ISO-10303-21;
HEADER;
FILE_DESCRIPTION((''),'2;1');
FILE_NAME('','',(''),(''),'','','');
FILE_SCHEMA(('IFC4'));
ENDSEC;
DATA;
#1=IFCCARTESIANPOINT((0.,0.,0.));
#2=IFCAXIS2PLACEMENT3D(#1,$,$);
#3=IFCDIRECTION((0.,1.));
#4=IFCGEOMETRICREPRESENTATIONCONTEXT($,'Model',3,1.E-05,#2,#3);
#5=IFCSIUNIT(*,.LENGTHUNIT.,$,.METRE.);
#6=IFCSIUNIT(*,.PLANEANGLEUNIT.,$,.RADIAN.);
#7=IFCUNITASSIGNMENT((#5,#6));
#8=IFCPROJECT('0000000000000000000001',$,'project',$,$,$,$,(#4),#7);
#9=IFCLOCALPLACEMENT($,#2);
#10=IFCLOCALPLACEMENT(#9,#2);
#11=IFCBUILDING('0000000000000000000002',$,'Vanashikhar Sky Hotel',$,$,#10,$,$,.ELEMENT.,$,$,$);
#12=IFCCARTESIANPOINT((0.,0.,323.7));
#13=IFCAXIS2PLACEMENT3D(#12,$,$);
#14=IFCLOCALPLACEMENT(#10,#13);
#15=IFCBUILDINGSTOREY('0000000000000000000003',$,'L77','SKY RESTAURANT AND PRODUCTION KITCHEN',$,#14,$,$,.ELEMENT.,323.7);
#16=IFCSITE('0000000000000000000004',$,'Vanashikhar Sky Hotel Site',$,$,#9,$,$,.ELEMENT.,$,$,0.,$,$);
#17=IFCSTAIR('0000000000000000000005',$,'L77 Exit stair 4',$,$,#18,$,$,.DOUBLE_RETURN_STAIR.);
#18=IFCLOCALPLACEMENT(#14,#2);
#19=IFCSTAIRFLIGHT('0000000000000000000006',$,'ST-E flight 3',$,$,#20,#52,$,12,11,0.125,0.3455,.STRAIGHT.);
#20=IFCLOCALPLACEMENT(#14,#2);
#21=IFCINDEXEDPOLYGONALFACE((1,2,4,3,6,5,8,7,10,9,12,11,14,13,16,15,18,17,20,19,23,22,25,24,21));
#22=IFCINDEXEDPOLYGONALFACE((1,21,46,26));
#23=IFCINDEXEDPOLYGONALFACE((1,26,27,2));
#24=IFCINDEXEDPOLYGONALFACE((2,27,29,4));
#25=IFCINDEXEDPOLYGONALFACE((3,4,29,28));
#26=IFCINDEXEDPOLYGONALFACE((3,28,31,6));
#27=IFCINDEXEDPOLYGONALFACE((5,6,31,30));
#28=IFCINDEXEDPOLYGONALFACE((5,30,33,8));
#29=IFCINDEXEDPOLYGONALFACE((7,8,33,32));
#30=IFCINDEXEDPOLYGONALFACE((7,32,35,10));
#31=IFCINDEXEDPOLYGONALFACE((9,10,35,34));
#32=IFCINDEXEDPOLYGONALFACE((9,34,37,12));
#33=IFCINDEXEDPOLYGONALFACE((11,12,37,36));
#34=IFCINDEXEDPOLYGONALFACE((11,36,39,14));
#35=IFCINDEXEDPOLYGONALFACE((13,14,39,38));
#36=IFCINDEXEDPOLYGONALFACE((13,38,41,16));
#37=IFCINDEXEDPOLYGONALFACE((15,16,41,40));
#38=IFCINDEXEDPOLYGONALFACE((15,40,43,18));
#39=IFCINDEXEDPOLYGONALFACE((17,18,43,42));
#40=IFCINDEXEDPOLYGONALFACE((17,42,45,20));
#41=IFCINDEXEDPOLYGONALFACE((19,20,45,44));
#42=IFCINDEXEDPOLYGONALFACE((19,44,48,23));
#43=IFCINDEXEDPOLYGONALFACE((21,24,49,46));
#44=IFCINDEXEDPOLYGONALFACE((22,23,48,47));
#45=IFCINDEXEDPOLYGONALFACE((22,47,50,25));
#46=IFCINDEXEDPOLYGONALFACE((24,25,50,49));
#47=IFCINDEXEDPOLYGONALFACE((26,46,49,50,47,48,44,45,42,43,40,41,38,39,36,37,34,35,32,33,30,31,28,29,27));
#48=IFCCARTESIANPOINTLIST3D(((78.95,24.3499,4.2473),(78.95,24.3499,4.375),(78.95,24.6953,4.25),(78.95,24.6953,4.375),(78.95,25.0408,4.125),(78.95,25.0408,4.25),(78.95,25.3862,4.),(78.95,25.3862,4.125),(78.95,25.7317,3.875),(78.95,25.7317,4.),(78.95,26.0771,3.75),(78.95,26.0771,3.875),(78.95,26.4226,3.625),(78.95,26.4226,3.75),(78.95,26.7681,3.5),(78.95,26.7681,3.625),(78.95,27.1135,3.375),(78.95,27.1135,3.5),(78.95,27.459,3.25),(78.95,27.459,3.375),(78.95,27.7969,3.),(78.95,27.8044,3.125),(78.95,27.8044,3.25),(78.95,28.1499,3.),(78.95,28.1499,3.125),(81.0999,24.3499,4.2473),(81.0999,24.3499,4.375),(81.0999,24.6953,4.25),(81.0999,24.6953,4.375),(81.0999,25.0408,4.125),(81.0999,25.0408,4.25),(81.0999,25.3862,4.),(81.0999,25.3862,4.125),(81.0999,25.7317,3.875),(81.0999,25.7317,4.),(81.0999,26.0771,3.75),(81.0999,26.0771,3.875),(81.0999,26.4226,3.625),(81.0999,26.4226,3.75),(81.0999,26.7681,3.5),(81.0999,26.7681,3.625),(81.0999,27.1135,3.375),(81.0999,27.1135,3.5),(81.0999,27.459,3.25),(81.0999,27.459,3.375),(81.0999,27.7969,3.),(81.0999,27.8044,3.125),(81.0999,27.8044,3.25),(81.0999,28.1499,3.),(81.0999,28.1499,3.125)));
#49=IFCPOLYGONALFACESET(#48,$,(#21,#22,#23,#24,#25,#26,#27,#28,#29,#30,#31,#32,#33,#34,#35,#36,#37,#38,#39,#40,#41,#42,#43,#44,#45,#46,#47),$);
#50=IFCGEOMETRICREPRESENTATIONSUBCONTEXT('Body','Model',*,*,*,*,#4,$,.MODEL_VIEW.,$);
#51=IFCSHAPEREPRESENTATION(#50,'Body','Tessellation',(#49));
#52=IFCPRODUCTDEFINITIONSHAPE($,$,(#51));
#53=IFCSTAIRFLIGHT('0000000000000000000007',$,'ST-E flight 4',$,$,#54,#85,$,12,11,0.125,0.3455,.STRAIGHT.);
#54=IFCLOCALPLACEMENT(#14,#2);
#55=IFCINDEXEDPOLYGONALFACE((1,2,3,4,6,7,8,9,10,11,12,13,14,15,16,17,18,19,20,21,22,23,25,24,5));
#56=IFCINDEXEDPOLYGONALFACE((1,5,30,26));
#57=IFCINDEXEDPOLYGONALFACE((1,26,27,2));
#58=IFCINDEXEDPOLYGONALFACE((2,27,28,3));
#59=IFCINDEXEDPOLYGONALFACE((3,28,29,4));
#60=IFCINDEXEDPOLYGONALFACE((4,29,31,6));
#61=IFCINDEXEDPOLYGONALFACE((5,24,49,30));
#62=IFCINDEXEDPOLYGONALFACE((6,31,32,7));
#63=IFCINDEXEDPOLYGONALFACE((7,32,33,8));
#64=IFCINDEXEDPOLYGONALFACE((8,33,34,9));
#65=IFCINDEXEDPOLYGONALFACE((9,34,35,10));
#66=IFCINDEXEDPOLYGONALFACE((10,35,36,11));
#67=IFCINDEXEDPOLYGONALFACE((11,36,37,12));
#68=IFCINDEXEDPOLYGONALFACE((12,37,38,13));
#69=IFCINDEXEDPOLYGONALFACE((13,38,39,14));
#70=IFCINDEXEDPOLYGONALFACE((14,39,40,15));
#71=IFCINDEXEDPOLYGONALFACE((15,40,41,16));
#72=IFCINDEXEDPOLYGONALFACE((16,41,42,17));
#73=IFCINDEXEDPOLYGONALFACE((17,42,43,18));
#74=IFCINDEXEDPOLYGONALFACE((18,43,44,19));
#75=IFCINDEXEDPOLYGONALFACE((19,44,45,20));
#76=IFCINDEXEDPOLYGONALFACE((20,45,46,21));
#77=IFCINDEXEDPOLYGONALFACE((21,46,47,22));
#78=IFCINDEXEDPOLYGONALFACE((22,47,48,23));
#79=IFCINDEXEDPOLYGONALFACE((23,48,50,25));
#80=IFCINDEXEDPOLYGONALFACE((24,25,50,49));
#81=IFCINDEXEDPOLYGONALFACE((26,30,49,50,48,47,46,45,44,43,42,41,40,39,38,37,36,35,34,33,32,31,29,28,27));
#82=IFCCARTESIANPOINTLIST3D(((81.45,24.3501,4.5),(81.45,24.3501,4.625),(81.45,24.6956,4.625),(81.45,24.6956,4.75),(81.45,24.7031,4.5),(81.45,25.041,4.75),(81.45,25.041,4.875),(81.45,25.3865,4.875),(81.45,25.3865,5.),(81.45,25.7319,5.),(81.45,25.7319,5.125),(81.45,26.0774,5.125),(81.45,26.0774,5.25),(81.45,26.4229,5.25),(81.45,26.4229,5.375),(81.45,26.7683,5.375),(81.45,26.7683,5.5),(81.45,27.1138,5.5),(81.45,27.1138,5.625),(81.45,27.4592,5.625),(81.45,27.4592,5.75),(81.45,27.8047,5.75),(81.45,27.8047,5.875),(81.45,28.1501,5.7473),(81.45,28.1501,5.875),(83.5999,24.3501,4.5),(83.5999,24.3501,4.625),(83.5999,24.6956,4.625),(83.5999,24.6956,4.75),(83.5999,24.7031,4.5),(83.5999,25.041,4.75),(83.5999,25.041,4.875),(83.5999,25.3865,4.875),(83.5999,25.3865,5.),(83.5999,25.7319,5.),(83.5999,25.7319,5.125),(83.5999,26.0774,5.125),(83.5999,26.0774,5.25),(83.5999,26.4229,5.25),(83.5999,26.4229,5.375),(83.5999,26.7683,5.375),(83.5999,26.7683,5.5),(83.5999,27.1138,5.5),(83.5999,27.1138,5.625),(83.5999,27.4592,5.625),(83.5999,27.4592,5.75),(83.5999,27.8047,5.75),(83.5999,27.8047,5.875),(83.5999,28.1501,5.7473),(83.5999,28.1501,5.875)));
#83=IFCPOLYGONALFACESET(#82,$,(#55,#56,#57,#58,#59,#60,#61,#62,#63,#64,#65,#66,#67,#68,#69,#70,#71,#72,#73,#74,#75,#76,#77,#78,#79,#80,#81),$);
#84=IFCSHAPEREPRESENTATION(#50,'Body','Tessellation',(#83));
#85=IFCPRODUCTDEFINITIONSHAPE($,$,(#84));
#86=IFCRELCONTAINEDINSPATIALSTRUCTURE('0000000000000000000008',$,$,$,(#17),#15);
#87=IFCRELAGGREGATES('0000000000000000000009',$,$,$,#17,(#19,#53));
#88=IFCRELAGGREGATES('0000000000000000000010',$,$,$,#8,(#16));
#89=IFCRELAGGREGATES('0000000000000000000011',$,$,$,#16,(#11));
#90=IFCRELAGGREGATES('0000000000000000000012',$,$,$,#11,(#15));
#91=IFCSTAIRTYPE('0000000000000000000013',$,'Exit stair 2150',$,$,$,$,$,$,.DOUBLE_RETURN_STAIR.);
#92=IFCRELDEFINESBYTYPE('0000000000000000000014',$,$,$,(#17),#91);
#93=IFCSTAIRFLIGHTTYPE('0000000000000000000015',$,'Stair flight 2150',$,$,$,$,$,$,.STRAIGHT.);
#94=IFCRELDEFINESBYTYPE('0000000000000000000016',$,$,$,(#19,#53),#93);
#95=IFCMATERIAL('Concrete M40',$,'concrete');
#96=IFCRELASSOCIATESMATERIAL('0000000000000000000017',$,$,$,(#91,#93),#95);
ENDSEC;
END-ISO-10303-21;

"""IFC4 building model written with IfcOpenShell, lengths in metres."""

from ifc_helpers import new_model, si_unit, direction, frame, origin, place, context, subcontext, project, spatial, polyline, outline, extrude, source, transform, mapped, material, type_object, element, aggregate, save


model = new_model("IFC4")

# Units and contexts
model_context = context("Model", 3, precision=1e-05, world=origin(), true_north=direction((0.0, 1.0)))
body_context = subcontext(model_context, "Body", "Model", "MODEL_VIEW")
ifc_project = project(units=[si_unit("LENGTHUNIT", "METRE"), si_unit("PLANEANGLEUNIT", "RADIAN")], contexts=[model_context])

# Site, building, storey
site_placement = place(None, origin())
site = spatial("IfcSite", under=ifc_project, at=site_placement, Name="Vanashikhar Sky Hotel Site", CompositionType="ELEMENT", RefElevation=0.0)
building_placement = place(site_placement, origin())
building = spatial("IfcBuilding", under=site, at=building_placement, Name="Vanashikhar Sky Hotel", CompositionType="ELEMENT")
storey_placement = place(building_placement, frame((0.0, 0.0, 323.7)))
storey = spatial("IfcBuildingStorey", under=building, at=storey_placement, Name="L77", Description="SKY RESTAURANT AND PRODUCTION KITCHEN", CompositionType="ELEMENT", Elevation=323.7)

# Stair, stair flights
ifc_material_1 = material(Name="Concrete M40", Category="concrete")
stair_type = type_object("IfcStairType", Name="Exit stair 2150", PredefinedType="DOUBLE_RETURN_STAIR", material=ifc_material_1)
stair_placement = place(storey_placement, origin())
stair = element("IfcStair", 1, at=stair_placement, inside=storey, type_object=stair_type, Name="L77 Exit stair 4", PredefinedType="DOUBLE_RETURN_STAIR")
stair_flight_type = type_object("IfcStairFlightType", Name="Stair flight 2150", PredefinedType="STRAIGHT", material=ifc_material_1)
shared_shape_1 = source(origin(), body_context, "Body", "SweptSolid", [
    extrude(outline(polyline([(0.0, 0.0), (0.0, 0.125), (0.3455, 0.125), (0.3455, 0.25), (0.6909, 0.25), (0.6909, 0.375), (1.0364, 0.375), (1.0364, 0.5), (1.3818, 0.5), (1.3818, 0.625), (1.7273, 0.625), (1.7273, 0.75), (2.0728, 0.75), (2.0728, 0.875), (2.4182, 0.875), (2.4182, 1.0), (2.7637, 1.0), (2.7637, 1.125), (3.1091, 1.125), (3.1091, 1.25), (3.4546, 1.25), (3.4546, 1.375), (3.8, 1.375), (3.8, 1.5), (3.8, 1.2473), (0.353, 0.0), (0.0, 0.0)])), frame((0.0, 1.075, 0.0), z_axis=(0.0, -1.0, 0.0), x_axis=(1.0, 0.0, 0.0)), (0.0, 0.0, 1.0), 2.1499),
])
stair_flight_1_placement = place(storey_placement, frame((80.0249, 28.1499, 3.0), z_axis=(0.0, 0.0, 1.0), x_axis=(0.0, -1.0, 0.0)))
stair_flight_1 = element("IfcStairFlight", 2, at=stair_flight_1_placement, type_object=stair_flight_type, Name="ST-E flight 3", NumberOfRisers=12, NumberOfTreads=11, PredefinedType="STRAIGHT", RiserHeight=0.125, TreadLength=0.3455, context=body_context, shape_type="MappedRepresentation", body=[
    mapped(shared_shape_1, transform((0.0, 0.0, 0.0), scale=1.0)),
])
stair_flight_2_placement = place(storey_placement, frame((82.5249, 24.3501, 4.5), z_axis=(0.0, 0.0, 1.0), x_axis=(0.0, 1.0, 0.0)))
stair_flight_2 = element("IfcStairFlight", 3, at=stair_flight_2_placement, type_object=stair_flight_type, Name="ST-E flight 4", NumberOfRisers=12, NumberOfTreads=11, PredefinedType="STRAIGHT", RiserHeight=0.125, TreadLength=0.3455, context=body_context, shape_type="MappedRepresentation", body=[
    mapped(shared_shape_1, transform((0.0, 0.0, 0.0), scale=1.0)),
])
aggregate(stair, [stair_flight_1, stair_flight_2])

save(model, "model.ifc")
